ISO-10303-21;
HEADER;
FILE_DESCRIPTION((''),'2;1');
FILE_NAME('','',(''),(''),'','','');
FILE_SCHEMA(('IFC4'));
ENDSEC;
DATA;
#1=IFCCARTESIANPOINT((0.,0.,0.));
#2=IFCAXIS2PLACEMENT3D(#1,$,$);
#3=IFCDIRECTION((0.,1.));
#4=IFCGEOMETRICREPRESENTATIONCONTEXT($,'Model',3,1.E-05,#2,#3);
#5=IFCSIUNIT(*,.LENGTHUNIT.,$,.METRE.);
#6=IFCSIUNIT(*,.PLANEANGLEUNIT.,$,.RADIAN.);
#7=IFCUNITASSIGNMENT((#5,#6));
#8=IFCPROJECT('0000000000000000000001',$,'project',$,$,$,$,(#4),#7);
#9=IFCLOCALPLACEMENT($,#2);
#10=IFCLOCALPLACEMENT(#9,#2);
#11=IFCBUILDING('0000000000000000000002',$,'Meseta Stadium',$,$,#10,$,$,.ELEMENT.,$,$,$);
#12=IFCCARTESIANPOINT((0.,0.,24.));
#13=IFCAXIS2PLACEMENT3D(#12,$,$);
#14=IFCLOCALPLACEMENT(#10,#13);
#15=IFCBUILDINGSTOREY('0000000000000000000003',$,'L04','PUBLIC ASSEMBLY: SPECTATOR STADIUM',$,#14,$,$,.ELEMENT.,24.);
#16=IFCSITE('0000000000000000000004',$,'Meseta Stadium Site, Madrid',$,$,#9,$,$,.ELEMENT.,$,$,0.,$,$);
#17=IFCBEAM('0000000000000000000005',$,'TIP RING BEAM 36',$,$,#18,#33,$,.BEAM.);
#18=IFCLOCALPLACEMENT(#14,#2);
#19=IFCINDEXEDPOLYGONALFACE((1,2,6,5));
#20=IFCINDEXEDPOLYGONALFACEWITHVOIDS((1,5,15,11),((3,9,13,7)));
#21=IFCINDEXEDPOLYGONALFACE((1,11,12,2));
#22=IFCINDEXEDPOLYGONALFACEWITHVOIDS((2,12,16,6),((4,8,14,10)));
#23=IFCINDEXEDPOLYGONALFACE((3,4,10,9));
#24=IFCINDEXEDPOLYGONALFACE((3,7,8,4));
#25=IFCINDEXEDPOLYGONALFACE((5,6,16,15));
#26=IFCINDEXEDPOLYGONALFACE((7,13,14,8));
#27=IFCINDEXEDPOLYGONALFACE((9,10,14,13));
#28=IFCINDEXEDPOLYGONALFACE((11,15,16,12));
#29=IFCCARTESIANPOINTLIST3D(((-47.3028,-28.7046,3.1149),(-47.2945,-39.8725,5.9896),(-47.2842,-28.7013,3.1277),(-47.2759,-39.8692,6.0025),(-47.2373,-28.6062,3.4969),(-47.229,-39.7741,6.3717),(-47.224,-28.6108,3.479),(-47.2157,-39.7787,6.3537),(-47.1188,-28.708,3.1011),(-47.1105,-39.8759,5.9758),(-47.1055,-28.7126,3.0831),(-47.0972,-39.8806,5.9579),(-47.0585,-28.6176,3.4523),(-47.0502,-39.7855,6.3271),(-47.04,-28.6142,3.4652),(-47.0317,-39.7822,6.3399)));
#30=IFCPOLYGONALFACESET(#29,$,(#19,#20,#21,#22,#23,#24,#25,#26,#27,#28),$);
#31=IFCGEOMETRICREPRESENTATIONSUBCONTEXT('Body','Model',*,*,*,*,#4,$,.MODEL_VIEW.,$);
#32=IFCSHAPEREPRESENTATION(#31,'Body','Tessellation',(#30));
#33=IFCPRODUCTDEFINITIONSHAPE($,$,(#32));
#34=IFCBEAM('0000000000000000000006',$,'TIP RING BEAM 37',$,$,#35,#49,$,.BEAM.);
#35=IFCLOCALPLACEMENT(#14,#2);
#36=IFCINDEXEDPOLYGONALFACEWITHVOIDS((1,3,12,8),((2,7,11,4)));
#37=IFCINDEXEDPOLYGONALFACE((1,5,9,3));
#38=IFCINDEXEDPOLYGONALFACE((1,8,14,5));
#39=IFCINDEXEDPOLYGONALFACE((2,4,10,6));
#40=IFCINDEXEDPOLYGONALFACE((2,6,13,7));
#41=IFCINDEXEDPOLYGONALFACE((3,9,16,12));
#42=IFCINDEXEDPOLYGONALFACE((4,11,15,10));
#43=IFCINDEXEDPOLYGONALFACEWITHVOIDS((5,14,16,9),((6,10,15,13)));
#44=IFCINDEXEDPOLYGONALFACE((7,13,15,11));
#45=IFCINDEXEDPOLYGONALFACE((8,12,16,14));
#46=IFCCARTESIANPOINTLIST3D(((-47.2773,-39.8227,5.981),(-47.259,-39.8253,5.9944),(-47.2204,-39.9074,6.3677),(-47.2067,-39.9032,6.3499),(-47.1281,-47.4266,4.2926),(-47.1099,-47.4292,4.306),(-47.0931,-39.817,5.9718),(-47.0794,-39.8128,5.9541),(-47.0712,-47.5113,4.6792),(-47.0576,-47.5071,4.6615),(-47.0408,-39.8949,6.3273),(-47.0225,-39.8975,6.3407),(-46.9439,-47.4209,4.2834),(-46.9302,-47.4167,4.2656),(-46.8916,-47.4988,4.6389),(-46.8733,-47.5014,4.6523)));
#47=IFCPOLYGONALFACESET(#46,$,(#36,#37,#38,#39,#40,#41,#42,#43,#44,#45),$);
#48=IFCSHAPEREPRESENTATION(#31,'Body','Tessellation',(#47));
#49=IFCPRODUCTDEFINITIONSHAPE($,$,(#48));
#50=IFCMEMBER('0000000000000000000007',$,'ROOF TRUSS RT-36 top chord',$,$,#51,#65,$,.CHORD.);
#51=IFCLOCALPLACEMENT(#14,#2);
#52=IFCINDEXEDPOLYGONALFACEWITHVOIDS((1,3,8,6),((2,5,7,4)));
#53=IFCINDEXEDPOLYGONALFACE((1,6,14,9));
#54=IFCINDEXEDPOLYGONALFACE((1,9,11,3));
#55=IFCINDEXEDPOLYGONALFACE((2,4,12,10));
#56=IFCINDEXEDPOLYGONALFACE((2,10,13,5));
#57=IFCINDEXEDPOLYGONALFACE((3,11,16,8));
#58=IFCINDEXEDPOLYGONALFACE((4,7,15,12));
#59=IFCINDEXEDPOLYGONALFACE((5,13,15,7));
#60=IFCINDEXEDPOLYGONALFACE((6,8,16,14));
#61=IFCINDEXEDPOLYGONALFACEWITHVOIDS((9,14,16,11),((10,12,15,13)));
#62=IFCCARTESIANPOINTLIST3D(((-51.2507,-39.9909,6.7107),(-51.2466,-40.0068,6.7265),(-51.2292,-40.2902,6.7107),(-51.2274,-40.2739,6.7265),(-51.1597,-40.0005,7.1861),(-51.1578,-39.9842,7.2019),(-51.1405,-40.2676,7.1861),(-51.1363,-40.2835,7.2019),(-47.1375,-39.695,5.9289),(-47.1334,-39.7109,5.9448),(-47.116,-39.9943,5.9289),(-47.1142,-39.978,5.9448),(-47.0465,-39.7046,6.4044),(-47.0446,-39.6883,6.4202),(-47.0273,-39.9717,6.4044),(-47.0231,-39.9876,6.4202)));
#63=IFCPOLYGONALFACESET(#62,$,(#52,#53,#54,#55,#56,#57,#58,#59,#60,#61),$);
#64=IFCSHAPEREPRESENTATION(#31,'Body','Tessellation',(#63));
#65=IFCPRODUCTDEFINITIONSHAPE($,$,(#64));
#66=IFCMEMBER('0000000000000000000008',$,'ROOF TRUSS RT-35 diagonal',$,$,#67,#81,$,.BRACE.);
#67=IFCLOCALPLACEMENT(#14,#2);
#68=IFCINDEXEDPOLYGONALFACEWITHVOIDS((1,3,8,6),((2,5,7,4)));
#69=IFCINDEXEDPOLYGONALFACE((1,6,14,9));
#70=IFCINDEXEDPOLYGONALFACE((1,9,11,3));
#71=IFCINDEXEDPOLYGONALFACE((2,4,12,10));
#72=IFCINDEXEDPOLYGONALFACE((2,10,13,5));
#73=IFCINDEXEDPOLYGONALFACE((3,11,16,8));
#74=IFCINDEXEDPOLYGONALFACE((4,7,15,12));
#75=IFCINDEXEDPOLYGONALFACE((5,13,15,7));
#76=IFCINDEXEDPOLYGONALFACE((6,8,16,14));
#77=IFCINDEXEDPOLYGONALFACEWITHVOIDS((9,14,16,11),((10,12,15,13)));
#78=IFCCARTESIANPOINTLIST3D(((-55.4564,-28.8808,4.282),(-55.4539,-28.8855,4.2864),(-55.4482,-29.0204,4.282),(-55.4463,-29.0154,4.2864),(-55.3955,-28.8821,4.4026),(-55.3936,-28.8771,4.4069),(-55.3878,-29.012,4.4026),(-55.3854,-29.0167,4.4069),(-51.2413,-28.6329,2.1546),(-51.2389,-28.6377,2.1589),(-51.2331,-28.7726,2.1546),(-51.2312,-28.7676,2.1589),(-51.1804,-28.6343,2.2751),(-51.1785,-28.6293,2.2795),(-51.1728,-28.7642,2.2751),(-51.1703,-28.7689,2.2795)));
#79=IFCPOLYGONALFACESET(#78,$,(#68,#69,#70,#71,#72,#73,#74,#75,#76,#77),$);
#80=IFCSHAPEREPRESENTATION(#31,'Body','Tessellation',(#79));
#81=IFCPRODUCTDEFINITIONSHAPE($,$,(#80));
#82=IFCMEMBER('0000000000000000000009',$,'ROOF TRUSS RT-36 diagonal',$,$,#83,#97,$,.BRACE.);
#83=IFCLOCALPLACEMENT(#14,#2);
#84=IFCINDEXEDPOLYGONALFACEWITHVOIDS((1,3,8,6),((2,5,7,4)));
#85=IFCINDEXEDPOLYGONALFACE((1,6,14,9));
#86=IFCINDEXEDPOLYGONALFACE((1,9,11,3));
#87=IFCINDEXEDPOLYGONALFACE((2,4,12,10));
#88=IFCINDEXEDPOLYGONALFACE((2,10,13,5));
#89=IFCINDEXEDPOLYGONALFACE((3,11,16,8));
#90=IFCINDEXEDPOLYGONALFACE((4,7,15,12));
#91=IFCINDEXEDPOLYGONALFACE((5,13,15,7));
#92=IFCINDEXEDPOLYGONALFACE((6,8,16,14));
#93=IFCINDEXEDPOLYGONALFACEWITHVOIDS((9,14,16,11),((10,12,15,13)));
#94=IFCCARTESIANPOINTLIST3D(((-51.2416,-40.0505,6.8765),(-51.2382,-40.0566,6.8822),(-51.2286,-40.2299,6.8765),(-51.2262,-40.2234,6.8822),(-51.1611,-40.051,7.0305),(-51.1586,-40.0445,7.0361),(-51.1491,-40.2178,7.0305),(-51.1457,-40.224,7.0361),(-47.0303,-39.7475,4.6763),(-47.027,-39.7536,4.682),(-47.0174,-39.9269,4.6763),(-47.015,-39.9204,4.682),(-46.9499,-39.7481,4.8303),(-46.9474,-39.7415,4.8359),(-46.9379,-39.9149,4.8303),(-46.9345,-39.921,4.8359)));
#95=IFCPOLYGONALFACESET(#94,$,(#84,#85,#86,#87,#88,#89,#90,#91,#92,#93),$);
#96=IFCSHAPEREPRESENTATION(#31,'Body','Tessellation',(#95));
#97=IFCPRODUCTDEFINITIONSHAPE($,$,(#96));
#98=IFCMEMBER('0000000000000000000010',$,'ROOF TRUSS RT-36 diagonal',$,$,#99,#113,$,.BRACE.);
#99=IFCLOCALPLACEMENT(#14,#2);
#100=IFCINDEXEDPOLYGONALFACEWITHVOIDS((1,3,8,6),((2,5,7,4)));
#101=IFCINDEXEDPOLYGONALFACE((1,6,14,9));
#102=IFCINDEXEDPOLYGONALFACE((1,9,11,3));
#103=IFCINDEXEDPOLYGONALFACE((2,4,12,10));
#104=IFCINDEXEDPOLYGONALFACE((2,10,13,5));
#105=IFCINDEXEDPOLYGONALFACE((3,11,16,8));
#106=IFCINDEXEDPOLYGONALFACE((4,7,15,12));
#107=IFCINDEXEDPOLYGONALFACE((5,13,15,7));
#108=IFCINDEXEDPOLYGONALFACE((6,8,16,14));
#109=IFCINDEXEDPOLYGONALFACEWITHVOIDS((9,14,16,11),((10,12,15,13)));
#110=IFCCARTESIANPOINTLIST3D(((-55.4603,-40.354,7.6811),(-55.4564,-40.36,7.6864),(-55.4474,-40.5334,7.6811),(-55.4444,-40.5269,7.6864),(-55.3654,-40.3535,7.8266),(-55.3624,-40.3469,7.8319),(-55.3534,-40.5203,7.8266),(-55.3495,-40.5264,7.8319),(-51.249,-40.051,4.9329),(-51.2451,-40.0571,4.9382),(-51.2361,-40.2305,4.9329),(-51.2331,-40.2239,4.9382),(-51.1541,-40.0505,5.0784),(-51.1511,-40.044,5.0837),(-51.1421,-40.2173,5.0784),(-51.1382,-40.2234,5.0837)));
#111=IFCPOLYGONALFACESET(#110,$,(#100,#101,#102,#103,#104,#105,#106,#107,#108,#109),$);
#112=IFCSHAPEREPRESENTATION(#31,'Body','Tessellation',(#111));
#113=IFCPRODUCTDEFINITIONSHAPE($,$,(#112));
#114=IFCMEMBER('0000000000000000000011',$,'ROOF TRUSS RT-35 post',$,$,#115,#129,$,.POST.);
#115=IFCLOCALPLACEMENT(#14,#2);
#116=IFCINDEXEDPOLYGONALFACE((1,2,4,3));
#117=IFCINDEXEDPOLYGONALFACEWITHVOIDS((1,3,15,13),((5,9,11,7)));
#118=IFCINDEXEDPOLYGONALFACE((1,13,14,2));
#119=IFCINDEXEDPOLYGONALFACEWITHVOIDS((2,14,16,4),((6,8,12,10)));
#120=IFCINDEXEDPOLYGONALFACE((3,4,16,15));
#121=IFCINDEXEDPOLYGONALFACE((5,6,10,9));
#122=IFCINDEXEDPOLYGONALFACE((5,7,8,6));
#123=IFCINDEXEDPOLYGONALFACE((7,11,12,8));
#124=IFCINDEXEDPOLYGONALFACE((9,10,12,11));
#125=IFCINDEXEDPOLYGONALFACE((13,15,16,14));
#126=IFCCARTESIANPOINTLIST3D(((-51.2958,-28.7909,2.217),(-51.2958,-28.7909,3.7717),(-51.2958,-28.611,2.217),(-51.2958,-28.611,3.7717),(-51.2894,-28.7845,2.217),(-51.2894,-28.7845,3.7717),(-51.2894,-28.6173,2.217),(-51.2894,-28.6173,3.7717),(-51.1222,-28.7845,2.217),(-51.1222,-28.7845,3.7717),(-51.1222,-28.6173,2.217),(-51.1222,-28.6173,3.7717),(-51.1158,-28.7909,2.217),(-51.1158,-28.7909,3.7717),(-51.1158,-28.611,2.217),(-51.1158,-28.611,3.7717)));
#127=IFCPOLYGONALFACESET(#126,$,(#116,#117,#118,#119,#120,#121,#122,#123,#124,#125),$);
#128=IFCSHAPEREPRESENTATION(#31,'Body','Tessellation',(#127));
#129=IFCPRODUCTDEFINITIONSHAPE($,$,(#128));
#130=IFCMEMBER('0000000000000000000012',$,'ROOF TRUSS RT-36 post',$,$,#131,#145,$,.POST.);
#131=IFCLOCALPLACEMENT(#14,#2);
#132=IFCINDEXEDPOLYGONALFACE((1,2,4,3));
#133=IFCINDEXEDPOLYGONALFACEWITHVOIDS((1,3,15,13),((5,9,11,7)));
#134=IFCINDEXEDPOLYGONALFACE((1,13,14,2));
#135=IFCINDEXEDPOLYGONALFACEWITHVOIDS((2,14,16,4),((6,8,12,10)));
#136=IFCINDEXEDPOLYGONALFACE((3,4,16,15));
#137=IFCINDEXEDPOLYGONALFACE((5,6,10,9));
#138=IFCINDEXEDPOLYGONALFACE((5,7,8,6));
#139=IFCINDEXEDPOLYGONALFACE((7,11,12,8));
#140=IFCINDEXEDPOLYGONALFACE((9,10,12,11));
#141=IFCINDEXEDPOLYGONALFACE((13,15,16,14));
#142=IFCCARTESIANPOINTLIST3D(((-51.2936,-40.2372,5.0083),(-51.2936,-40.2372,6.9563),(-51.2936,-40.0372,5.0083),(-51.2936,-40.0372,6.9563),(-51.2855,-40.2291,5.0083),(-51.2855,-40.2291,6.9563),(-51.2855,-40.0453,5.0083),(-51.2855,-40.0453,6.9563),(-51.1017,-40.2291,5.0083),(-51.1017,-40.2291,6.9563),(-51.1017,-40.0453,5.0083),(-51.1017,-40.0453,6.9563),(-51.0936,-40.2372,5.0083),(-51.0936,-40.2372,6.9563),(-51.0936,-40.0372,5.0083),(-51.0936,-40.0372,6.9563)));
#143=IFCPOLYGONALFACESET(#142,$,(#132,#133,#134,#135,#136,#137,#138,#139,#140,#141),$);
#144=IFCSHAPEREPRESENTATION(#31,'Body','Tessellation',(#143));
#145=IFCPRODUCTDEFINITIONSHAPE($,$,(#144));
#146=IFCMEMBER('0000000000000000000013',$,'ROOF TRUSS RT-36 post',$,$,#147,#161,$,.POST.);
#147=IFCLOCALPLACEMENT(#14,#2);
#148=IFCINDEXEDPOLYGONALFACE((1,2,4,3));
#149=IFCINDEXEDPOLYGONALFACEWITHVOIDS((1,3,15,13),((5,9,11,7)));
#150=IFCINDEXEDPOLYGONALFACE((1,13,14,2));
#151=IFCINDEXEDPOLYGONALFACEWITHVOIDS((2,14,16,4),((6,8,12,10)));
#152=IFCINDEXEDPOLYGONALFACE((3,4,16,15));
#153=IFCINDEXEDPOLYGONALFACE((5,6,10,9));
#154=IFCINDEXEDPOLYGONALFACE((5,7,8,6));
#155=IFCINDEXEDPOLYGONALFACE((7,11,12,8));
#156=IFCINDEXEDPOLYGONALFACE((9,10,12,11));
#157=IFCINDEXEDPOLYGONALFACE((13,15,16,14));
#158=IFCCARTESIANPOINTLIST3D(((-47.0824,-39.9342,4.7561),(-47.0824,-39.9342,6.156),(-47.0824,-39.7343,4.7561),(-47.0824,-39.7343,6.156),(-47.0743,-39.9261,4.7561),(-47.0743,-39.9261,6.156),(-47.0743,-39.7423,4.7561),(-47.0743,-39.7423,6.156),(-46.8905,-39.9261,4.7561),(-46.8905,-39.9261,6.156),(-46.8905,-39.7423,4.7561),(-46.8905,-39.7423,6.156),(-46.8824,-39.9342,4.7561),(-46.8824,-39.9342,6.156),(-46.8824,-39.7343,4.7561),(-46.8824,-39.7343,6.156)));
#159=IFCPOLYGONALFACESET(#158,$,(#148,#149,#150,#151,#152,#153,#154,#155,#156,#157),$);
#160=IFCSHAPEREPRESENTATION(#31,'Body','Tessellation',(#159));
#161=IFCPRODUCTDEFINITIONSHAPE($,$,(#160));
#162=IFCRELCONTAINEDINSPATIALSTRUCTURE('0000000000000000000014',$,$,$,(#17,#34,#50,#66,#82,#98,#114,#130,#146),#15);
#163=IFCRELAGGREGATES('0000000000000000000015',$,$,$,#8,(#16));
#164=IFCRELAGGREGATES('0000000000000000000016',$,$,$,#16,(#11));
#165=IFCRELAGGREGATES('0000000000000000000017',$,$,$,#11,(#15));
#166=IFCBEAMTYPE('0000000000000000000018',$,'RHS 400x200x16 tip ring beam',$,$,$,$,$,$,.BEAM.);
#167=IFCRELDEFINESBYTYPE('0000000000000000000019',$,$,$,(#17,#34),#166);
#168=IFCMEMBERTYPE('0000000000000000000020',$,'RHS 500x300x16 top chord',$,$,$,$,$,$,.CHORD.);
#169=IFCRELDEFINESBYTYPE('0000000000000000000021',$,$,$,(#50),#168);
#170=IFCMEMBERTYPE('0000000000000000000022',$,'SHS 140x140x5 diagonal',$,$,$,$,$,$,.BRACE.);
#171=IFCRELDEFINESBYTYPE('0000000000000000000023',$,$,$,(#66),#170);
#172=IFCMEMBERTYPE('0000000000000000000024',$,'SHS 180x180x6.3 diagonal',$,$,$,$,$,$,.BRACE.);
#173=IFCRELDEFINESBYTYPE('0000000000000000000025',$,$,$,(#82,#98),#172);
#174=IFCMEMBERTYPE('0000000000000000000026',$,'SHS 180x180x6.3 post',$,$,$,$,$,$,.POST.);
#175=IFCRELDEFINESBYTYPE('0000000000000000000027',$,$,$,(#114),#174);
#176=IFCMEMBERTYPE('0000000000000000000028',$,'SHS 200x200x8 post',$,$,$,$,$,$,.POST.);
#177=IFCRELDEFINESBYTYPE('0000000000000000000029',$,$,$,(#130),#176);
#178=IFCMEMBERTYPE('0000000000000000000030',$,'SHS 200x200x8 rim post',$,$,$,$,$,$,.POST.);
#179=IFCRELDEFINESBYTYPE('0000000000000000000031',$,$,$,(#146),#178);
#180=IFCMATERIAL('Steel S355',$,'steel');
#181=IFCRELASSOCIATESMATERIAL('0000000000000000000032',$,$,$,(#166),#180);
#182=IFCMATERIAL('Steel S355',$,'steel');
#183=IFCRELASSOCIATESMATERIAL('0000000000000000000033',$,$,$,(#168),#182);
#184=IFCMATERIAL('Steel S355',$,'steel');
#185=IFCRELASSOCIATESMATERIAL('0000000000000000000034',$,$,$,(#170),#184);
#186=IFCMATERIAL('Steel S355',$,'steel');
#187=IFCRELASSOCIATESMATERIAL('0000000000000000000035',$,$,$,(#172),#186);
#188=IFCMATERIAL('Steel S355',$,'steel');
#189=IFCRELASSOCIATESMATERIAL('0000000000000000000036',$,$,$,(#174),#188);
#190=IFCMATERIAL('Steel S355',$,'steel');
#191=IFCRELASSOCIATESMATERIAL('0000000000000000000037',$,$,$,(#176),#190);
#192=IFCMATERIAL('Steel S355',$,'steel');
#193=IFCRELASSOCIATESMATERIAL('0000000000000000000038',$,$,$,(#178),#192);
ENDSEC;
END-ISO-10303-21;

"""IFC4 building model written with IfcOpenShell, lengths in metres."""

from ifc_helpers import new_model, si_unit, direction, frame, origin, origin_2d, place, context, subcontext, project, spatial, hollow_rectangle, extrude, material, material_profile, profile_set, type_object, element, save


model = new_model("IFC4")

# Units and contexts
model_context = context("Model", 3, precision=1e-05, world=origin(), true_north=direction((0.0, 1.0)))
body_context = subcontext(model_context, "Body", "Model", "MODEL_VIEW")
ifc_project = project(units=[si_unit("LENGTHUNIT", "METRE"), si_unit("PLANEANGLEUNIT", "RADIAN")], contexts=[model_context])

# Site, building, storey
site_placement = place(None, origin())
site = spatial("IfcSite", under=ifc_project, at=site_placement, Name="Meseta Stadium Site, Madrid", CompositionType="ELEMENT", RefElevation=0.0)
building_placement = place(site_placement, origin())
building = spatial("IfcBuilding", under=site, at=building_placement, Name="Meseta Stadium", CompositionType="ELEMENT")
storey_placement = place(building_placement, frame((0.0, 0.0, 24.0)))
storey = spatial("IfcBuildingStorey", under=building, at=storey_placement, Name="L04", Description="PUBLIC ASSEMBLY: SPECTATOR STADIUM", CompositionType="ELEMENT", Elevation=24.0)

# Beams
ifc_material_1 = material(Name="Steel S355", Category="steel")
ifc_material_profile_1 = material_profile(ifc_material_1, hollow_rectangle(XDim=0.2, YDim=0.3999, WallThickness=0.0161, at=origin_2d()), Name="RHS 400x200x16")
ifc_profile_set_1 = profile_set([ifc_material_profile_1], Name="Steel S355")
beam_type = type_object("IfcBeamType", Name="RHS 400x200x16 tip ring beam", PredefinedType="BEAM", material=ifc_profile_set_1)
beam_1_placement = place(storey_placement, frame((-47.1714, -28.6594, 3.29), z_axis=(0.00072, -0.96843, 0.249284), x_axis=(0.986487, -0.040155, -0.158844)))
element("IfcBeam", 1, at=beam_1_placement, inside=storey, type_object=beam_type, Name="TIP RING BEAM 36", PredefinedType="BEAM", context=body_context, shape_type="SweptSolid", body=[
    extrude(hollow_rectangle(XDim=0.2, YDim=0.3999, WallThickness=0.0161, at=origin_2d()), origin(), (0.0, 0.0, 1.0), 11.532),
])
beam_2_placement = place(storey_placement, frame((-47.1499, -39.8601, 6.1609), z_axis=(0.019147, -0.976043, -0.216731), x_axis=(0.989644, 0.049346, -0.134797)))
element("IfcBeam", 2, at=beam_2_placement, inside=storey, type_object=beam_type, Name="TIP RING BEAM 37", PredefinedType="BEAM", context=body_context, shape_type="SweptSolid", body=[
    extrude(hollow_rectangle(XDim=0.2, YDim=0.3999, WallThickness=0.0161, at=origin_2d()), origin(), (0.0, 0.0, 1.0), 7.7905),
])

# Members
ifc_material_2 = material(Name="Steel S355", Category="steel")
ifc_material_profile_2 = material_profile(ifc_material_2, hollow_rectangle(XDim=0.3, YDim=0.5, WallThickness=0.0161, at=origin_2d()), Name="RHS 500x300x16")
ifc_profile_set_2 = profile_set([ifc_material_profile_2], Name="Steel S355")
member_type_1 = type_object("IfcMemberType", Name="RHS 500x300x16 top chord", PredefinedType="CHORD", material=ifc_profile_set_2)
member_1_placement = place(storey_placement, frame((-47.0803, -39.8413, 6.1746), z_axis=(-0.979971, -0.070496, 0.186246), x_axis=(0.071752, -0.997423, 0.0)))
element("IfcMember", 3, at=member_1_placement, inside=storey, type_object=member_type_1, Name="ROOF TRUSS RT-36 top chord", PredefinedType="CHORD", context=body_context, shape_type="SweptSolid", body=[
    extrude(hollow_rectangle(XDim=0.3, YDim=0.5, WallThickness=0.0161, at=origin_2d()), origin(), (0.0, 0.0, 1.0), 4.1973),
])
ifc_material_3 = material(Name="Steel S355", Category="steel")
ifc_material_profile_3 = material_profile(ifc_material_3, hollow_rectangle(XDim=0.1399, YDim=0.1399, WallThickness=0.0049, at=origin_2d()), Name="SHS 140x140x5")
ifc_profile_set_3 = profile_set([ifc_material_profile_3], Name="Steel S355")
member_type_2 = type_object("IfcMemberType", Name="SHS 140x140x5 diagonal", PredefinedType="BRACE", material=ifc_profile_set_3)
member_2_placement = place(storey_placement, frame((-51.2058, -28.7009, 2.217), z_axis=(-0.891508, -0.052411, 0.449962), x_axis=(0.058688, -0.998276, 0.0)))
element("IfcMember", 4, at=member_2_placement, inside=storey, type_object=member_type_2, Name="ROOF TRUSS RT-35 diagonal", PredefinedType="BRACE", context=body_context, shape_type="SweptSolid", body=[
    extrude(hollow_rectangle(XDim=0.1399, YDim=0.1399, WallThickness=0.0049, at=origin_2d()), origin(), (0.0, 0.0, 1.0), 4.728),
])
ifc_material_4 = material(Name="Steel S355", Category="steel")
ifc_material_profile_4 = material_profile(ifc_material_4, hollow_rectangle(XDim=0.1799, YDim=0.1799, WallThickness=0.0063, at=origin_2d()), Name="SHS 180x180x6.3")
ifc_profile_set_4 = profile_set([ifc_material_profile_4], Name="Steel S355")
member_type_3 = type_object("IfcMemberType", Name="SHS 180x180x6.3 diagonal", PredefinedType="BRACE", material=ifc_profile_set_4)
member_3_placement = place(storey_placement, frame((-46.9824, -39.8342, 4.7561), z_axis=(-0.884524, -0.063638, 0.462133), x_axis=(0.071761, -0.997422, 0.0)))
element("IfcMember", 5, at=member_3_placement, inside=storey, type_object=member_type_3, Name="ROOF TRUSS RT-36 diagonal", PredefinedType="BRACE", context=body_context, shape_type="SweptSolid", body=[
    extrude(hollow_rectangle(XDim=0.1799, YDim=0.1799, WallThickness=0.0063, at=origin_2d()), origin(), (0.0, 0.0, 1.0), 4.761),
])
member_4_placement = place(storey_placement, frame((-51.1936, -40.1372, 5.0083), z_axis=(-0.835939, -0.060139, 0.545517), x_axis=(0.071757, -0.997422, 0.0)))
element("IfcMember", 6, at=member_4_placement, inside=storey, type_object=member_type_3, Name="ROOF TRUSS RT-36 diagonal", PredefinedType="BRACE", context=body_context, shape_type="SweptSolid", body=[
    extrude(hollow_rectangle(XDim=0.1799, YDim=0.1799, WallThickness=0.0063, at=origin_2d()), origin(), (0.0, 0.0, 1.0), 5.0378),
])
ifc_material_5 = material(Name="Steel S355", Category="steel")
ifc_material_profile_5 = material_profile(ifc_material_5, hollow_rectangle(XDim=0.1799, YDim=0.1799, WallThickness=0.0063, at=origin_2d()), Name="SHS 180x180x6.3")
ifc_profile_set_5 = profile_set([ifc_material_profile_5], Name="Steel S355")
member_type_4 = type_object("IfcMemberType", Name="SHS 180x180x6.3 post", PredefinedType="POST", material=ifc_profile_set_5)
member_5_placement = place(storey_placement, frame((-51.2058, -28.7009, 2.217), z_axis=(0.0, 0.0, 1.0), x_axis=(1.0, 0.0, 0.0)))
element("IfcMember", 7, at=member_5_placement, inside=storey, type_object=member_type_4, Name="ROOF TRUSS RT-35 post", PredefinedType="POST", context=body_context, shape_type="SweptSolid", body=[
    extrude(hollow_rectangle(XDim=0.1799, YDim=0.1799, WallThickness=0.0063, at=origin_2d()), origin(), (0.0, 0.0, 1.0), 1.5547),
])
ifc_material_6 = material(Name="Steel S355", Category="steel")
ifc_material_profile_6 = material_profile(ifc_material_6, hollow_rectangle(XDim=0.2, YDim=0.2, WallThickness=0.0081, at=origin_2d()), Name="SHS 200x200x8")
ifc_profile_set_6 = profile_set([ifc_material_profile_6], Name="Steel S355")
member_type_5 = type_object("IfcMemberType", Name="SHS 200x200x8 post", PredefinedType="POST", material=ifc_profile_set_6)
member_6_placement = place(storey_placement, frame((-51.1936, -40.1372, 5.0083), z_axis=(0.0, 0.0, 1.0), x_axis=(1.0, 0.0, 0.0)))
element("IfcMember", 8, at=member_6_placement, inside=storey, type_object=member_type_5, Name="ROOF TRUSS RT-36 post", PredefinedType="POST", context=body_context, shape_type="SweptSolid", body=[
    extrude(hollow_rectangle(XDim=0.2, YDim=0.2, WallThickness=0.0081, at=origin_2d()), origin(), (0.0, 0.0, 1.0), 1.948),
])
ifc_material_7 = material(Name="Steel S355", Category="steel")
ifc_material_profile_7 = material_profile(ifc_material_7, hollow_rectangle(XDim=0.2, YDim=0.2, WallThickness=0.0081, at=origin_2d()), Name="SHS 200x200x8")
ifc_profile_set_7 = profile_set([ifc_material_profile_7], Name="Steel S355")
member_type_6 = type_object("IfcMemberType", Name="SHS 200x200x8 rim post", PredefinedType="POST", material=ifc_profile_set_7)
member_7_placement = place(storey_placement, frame((-46.9824, -39.8342, 4.7561), z_axis=(0.0, 0.0, 1.0), x_axis=(1.0, 0.0, 0.0)))
element("IfcMember", 9, at=member_7_placement, inside=storey, type_object=member_type_6, Name="ROOF TRUSS RT-36 post", PredefinedType="POST", context=body_context, shape_type="SweptSolid", body=[
    extrude(hollow_rectangle(XDim=0.2, YDim=0.2, WallThickness=0.0081, at=origin_2d()), origin(), (0.0, 0.0, 1.0), 1.3999),
])

save(model, "model.ifc")
